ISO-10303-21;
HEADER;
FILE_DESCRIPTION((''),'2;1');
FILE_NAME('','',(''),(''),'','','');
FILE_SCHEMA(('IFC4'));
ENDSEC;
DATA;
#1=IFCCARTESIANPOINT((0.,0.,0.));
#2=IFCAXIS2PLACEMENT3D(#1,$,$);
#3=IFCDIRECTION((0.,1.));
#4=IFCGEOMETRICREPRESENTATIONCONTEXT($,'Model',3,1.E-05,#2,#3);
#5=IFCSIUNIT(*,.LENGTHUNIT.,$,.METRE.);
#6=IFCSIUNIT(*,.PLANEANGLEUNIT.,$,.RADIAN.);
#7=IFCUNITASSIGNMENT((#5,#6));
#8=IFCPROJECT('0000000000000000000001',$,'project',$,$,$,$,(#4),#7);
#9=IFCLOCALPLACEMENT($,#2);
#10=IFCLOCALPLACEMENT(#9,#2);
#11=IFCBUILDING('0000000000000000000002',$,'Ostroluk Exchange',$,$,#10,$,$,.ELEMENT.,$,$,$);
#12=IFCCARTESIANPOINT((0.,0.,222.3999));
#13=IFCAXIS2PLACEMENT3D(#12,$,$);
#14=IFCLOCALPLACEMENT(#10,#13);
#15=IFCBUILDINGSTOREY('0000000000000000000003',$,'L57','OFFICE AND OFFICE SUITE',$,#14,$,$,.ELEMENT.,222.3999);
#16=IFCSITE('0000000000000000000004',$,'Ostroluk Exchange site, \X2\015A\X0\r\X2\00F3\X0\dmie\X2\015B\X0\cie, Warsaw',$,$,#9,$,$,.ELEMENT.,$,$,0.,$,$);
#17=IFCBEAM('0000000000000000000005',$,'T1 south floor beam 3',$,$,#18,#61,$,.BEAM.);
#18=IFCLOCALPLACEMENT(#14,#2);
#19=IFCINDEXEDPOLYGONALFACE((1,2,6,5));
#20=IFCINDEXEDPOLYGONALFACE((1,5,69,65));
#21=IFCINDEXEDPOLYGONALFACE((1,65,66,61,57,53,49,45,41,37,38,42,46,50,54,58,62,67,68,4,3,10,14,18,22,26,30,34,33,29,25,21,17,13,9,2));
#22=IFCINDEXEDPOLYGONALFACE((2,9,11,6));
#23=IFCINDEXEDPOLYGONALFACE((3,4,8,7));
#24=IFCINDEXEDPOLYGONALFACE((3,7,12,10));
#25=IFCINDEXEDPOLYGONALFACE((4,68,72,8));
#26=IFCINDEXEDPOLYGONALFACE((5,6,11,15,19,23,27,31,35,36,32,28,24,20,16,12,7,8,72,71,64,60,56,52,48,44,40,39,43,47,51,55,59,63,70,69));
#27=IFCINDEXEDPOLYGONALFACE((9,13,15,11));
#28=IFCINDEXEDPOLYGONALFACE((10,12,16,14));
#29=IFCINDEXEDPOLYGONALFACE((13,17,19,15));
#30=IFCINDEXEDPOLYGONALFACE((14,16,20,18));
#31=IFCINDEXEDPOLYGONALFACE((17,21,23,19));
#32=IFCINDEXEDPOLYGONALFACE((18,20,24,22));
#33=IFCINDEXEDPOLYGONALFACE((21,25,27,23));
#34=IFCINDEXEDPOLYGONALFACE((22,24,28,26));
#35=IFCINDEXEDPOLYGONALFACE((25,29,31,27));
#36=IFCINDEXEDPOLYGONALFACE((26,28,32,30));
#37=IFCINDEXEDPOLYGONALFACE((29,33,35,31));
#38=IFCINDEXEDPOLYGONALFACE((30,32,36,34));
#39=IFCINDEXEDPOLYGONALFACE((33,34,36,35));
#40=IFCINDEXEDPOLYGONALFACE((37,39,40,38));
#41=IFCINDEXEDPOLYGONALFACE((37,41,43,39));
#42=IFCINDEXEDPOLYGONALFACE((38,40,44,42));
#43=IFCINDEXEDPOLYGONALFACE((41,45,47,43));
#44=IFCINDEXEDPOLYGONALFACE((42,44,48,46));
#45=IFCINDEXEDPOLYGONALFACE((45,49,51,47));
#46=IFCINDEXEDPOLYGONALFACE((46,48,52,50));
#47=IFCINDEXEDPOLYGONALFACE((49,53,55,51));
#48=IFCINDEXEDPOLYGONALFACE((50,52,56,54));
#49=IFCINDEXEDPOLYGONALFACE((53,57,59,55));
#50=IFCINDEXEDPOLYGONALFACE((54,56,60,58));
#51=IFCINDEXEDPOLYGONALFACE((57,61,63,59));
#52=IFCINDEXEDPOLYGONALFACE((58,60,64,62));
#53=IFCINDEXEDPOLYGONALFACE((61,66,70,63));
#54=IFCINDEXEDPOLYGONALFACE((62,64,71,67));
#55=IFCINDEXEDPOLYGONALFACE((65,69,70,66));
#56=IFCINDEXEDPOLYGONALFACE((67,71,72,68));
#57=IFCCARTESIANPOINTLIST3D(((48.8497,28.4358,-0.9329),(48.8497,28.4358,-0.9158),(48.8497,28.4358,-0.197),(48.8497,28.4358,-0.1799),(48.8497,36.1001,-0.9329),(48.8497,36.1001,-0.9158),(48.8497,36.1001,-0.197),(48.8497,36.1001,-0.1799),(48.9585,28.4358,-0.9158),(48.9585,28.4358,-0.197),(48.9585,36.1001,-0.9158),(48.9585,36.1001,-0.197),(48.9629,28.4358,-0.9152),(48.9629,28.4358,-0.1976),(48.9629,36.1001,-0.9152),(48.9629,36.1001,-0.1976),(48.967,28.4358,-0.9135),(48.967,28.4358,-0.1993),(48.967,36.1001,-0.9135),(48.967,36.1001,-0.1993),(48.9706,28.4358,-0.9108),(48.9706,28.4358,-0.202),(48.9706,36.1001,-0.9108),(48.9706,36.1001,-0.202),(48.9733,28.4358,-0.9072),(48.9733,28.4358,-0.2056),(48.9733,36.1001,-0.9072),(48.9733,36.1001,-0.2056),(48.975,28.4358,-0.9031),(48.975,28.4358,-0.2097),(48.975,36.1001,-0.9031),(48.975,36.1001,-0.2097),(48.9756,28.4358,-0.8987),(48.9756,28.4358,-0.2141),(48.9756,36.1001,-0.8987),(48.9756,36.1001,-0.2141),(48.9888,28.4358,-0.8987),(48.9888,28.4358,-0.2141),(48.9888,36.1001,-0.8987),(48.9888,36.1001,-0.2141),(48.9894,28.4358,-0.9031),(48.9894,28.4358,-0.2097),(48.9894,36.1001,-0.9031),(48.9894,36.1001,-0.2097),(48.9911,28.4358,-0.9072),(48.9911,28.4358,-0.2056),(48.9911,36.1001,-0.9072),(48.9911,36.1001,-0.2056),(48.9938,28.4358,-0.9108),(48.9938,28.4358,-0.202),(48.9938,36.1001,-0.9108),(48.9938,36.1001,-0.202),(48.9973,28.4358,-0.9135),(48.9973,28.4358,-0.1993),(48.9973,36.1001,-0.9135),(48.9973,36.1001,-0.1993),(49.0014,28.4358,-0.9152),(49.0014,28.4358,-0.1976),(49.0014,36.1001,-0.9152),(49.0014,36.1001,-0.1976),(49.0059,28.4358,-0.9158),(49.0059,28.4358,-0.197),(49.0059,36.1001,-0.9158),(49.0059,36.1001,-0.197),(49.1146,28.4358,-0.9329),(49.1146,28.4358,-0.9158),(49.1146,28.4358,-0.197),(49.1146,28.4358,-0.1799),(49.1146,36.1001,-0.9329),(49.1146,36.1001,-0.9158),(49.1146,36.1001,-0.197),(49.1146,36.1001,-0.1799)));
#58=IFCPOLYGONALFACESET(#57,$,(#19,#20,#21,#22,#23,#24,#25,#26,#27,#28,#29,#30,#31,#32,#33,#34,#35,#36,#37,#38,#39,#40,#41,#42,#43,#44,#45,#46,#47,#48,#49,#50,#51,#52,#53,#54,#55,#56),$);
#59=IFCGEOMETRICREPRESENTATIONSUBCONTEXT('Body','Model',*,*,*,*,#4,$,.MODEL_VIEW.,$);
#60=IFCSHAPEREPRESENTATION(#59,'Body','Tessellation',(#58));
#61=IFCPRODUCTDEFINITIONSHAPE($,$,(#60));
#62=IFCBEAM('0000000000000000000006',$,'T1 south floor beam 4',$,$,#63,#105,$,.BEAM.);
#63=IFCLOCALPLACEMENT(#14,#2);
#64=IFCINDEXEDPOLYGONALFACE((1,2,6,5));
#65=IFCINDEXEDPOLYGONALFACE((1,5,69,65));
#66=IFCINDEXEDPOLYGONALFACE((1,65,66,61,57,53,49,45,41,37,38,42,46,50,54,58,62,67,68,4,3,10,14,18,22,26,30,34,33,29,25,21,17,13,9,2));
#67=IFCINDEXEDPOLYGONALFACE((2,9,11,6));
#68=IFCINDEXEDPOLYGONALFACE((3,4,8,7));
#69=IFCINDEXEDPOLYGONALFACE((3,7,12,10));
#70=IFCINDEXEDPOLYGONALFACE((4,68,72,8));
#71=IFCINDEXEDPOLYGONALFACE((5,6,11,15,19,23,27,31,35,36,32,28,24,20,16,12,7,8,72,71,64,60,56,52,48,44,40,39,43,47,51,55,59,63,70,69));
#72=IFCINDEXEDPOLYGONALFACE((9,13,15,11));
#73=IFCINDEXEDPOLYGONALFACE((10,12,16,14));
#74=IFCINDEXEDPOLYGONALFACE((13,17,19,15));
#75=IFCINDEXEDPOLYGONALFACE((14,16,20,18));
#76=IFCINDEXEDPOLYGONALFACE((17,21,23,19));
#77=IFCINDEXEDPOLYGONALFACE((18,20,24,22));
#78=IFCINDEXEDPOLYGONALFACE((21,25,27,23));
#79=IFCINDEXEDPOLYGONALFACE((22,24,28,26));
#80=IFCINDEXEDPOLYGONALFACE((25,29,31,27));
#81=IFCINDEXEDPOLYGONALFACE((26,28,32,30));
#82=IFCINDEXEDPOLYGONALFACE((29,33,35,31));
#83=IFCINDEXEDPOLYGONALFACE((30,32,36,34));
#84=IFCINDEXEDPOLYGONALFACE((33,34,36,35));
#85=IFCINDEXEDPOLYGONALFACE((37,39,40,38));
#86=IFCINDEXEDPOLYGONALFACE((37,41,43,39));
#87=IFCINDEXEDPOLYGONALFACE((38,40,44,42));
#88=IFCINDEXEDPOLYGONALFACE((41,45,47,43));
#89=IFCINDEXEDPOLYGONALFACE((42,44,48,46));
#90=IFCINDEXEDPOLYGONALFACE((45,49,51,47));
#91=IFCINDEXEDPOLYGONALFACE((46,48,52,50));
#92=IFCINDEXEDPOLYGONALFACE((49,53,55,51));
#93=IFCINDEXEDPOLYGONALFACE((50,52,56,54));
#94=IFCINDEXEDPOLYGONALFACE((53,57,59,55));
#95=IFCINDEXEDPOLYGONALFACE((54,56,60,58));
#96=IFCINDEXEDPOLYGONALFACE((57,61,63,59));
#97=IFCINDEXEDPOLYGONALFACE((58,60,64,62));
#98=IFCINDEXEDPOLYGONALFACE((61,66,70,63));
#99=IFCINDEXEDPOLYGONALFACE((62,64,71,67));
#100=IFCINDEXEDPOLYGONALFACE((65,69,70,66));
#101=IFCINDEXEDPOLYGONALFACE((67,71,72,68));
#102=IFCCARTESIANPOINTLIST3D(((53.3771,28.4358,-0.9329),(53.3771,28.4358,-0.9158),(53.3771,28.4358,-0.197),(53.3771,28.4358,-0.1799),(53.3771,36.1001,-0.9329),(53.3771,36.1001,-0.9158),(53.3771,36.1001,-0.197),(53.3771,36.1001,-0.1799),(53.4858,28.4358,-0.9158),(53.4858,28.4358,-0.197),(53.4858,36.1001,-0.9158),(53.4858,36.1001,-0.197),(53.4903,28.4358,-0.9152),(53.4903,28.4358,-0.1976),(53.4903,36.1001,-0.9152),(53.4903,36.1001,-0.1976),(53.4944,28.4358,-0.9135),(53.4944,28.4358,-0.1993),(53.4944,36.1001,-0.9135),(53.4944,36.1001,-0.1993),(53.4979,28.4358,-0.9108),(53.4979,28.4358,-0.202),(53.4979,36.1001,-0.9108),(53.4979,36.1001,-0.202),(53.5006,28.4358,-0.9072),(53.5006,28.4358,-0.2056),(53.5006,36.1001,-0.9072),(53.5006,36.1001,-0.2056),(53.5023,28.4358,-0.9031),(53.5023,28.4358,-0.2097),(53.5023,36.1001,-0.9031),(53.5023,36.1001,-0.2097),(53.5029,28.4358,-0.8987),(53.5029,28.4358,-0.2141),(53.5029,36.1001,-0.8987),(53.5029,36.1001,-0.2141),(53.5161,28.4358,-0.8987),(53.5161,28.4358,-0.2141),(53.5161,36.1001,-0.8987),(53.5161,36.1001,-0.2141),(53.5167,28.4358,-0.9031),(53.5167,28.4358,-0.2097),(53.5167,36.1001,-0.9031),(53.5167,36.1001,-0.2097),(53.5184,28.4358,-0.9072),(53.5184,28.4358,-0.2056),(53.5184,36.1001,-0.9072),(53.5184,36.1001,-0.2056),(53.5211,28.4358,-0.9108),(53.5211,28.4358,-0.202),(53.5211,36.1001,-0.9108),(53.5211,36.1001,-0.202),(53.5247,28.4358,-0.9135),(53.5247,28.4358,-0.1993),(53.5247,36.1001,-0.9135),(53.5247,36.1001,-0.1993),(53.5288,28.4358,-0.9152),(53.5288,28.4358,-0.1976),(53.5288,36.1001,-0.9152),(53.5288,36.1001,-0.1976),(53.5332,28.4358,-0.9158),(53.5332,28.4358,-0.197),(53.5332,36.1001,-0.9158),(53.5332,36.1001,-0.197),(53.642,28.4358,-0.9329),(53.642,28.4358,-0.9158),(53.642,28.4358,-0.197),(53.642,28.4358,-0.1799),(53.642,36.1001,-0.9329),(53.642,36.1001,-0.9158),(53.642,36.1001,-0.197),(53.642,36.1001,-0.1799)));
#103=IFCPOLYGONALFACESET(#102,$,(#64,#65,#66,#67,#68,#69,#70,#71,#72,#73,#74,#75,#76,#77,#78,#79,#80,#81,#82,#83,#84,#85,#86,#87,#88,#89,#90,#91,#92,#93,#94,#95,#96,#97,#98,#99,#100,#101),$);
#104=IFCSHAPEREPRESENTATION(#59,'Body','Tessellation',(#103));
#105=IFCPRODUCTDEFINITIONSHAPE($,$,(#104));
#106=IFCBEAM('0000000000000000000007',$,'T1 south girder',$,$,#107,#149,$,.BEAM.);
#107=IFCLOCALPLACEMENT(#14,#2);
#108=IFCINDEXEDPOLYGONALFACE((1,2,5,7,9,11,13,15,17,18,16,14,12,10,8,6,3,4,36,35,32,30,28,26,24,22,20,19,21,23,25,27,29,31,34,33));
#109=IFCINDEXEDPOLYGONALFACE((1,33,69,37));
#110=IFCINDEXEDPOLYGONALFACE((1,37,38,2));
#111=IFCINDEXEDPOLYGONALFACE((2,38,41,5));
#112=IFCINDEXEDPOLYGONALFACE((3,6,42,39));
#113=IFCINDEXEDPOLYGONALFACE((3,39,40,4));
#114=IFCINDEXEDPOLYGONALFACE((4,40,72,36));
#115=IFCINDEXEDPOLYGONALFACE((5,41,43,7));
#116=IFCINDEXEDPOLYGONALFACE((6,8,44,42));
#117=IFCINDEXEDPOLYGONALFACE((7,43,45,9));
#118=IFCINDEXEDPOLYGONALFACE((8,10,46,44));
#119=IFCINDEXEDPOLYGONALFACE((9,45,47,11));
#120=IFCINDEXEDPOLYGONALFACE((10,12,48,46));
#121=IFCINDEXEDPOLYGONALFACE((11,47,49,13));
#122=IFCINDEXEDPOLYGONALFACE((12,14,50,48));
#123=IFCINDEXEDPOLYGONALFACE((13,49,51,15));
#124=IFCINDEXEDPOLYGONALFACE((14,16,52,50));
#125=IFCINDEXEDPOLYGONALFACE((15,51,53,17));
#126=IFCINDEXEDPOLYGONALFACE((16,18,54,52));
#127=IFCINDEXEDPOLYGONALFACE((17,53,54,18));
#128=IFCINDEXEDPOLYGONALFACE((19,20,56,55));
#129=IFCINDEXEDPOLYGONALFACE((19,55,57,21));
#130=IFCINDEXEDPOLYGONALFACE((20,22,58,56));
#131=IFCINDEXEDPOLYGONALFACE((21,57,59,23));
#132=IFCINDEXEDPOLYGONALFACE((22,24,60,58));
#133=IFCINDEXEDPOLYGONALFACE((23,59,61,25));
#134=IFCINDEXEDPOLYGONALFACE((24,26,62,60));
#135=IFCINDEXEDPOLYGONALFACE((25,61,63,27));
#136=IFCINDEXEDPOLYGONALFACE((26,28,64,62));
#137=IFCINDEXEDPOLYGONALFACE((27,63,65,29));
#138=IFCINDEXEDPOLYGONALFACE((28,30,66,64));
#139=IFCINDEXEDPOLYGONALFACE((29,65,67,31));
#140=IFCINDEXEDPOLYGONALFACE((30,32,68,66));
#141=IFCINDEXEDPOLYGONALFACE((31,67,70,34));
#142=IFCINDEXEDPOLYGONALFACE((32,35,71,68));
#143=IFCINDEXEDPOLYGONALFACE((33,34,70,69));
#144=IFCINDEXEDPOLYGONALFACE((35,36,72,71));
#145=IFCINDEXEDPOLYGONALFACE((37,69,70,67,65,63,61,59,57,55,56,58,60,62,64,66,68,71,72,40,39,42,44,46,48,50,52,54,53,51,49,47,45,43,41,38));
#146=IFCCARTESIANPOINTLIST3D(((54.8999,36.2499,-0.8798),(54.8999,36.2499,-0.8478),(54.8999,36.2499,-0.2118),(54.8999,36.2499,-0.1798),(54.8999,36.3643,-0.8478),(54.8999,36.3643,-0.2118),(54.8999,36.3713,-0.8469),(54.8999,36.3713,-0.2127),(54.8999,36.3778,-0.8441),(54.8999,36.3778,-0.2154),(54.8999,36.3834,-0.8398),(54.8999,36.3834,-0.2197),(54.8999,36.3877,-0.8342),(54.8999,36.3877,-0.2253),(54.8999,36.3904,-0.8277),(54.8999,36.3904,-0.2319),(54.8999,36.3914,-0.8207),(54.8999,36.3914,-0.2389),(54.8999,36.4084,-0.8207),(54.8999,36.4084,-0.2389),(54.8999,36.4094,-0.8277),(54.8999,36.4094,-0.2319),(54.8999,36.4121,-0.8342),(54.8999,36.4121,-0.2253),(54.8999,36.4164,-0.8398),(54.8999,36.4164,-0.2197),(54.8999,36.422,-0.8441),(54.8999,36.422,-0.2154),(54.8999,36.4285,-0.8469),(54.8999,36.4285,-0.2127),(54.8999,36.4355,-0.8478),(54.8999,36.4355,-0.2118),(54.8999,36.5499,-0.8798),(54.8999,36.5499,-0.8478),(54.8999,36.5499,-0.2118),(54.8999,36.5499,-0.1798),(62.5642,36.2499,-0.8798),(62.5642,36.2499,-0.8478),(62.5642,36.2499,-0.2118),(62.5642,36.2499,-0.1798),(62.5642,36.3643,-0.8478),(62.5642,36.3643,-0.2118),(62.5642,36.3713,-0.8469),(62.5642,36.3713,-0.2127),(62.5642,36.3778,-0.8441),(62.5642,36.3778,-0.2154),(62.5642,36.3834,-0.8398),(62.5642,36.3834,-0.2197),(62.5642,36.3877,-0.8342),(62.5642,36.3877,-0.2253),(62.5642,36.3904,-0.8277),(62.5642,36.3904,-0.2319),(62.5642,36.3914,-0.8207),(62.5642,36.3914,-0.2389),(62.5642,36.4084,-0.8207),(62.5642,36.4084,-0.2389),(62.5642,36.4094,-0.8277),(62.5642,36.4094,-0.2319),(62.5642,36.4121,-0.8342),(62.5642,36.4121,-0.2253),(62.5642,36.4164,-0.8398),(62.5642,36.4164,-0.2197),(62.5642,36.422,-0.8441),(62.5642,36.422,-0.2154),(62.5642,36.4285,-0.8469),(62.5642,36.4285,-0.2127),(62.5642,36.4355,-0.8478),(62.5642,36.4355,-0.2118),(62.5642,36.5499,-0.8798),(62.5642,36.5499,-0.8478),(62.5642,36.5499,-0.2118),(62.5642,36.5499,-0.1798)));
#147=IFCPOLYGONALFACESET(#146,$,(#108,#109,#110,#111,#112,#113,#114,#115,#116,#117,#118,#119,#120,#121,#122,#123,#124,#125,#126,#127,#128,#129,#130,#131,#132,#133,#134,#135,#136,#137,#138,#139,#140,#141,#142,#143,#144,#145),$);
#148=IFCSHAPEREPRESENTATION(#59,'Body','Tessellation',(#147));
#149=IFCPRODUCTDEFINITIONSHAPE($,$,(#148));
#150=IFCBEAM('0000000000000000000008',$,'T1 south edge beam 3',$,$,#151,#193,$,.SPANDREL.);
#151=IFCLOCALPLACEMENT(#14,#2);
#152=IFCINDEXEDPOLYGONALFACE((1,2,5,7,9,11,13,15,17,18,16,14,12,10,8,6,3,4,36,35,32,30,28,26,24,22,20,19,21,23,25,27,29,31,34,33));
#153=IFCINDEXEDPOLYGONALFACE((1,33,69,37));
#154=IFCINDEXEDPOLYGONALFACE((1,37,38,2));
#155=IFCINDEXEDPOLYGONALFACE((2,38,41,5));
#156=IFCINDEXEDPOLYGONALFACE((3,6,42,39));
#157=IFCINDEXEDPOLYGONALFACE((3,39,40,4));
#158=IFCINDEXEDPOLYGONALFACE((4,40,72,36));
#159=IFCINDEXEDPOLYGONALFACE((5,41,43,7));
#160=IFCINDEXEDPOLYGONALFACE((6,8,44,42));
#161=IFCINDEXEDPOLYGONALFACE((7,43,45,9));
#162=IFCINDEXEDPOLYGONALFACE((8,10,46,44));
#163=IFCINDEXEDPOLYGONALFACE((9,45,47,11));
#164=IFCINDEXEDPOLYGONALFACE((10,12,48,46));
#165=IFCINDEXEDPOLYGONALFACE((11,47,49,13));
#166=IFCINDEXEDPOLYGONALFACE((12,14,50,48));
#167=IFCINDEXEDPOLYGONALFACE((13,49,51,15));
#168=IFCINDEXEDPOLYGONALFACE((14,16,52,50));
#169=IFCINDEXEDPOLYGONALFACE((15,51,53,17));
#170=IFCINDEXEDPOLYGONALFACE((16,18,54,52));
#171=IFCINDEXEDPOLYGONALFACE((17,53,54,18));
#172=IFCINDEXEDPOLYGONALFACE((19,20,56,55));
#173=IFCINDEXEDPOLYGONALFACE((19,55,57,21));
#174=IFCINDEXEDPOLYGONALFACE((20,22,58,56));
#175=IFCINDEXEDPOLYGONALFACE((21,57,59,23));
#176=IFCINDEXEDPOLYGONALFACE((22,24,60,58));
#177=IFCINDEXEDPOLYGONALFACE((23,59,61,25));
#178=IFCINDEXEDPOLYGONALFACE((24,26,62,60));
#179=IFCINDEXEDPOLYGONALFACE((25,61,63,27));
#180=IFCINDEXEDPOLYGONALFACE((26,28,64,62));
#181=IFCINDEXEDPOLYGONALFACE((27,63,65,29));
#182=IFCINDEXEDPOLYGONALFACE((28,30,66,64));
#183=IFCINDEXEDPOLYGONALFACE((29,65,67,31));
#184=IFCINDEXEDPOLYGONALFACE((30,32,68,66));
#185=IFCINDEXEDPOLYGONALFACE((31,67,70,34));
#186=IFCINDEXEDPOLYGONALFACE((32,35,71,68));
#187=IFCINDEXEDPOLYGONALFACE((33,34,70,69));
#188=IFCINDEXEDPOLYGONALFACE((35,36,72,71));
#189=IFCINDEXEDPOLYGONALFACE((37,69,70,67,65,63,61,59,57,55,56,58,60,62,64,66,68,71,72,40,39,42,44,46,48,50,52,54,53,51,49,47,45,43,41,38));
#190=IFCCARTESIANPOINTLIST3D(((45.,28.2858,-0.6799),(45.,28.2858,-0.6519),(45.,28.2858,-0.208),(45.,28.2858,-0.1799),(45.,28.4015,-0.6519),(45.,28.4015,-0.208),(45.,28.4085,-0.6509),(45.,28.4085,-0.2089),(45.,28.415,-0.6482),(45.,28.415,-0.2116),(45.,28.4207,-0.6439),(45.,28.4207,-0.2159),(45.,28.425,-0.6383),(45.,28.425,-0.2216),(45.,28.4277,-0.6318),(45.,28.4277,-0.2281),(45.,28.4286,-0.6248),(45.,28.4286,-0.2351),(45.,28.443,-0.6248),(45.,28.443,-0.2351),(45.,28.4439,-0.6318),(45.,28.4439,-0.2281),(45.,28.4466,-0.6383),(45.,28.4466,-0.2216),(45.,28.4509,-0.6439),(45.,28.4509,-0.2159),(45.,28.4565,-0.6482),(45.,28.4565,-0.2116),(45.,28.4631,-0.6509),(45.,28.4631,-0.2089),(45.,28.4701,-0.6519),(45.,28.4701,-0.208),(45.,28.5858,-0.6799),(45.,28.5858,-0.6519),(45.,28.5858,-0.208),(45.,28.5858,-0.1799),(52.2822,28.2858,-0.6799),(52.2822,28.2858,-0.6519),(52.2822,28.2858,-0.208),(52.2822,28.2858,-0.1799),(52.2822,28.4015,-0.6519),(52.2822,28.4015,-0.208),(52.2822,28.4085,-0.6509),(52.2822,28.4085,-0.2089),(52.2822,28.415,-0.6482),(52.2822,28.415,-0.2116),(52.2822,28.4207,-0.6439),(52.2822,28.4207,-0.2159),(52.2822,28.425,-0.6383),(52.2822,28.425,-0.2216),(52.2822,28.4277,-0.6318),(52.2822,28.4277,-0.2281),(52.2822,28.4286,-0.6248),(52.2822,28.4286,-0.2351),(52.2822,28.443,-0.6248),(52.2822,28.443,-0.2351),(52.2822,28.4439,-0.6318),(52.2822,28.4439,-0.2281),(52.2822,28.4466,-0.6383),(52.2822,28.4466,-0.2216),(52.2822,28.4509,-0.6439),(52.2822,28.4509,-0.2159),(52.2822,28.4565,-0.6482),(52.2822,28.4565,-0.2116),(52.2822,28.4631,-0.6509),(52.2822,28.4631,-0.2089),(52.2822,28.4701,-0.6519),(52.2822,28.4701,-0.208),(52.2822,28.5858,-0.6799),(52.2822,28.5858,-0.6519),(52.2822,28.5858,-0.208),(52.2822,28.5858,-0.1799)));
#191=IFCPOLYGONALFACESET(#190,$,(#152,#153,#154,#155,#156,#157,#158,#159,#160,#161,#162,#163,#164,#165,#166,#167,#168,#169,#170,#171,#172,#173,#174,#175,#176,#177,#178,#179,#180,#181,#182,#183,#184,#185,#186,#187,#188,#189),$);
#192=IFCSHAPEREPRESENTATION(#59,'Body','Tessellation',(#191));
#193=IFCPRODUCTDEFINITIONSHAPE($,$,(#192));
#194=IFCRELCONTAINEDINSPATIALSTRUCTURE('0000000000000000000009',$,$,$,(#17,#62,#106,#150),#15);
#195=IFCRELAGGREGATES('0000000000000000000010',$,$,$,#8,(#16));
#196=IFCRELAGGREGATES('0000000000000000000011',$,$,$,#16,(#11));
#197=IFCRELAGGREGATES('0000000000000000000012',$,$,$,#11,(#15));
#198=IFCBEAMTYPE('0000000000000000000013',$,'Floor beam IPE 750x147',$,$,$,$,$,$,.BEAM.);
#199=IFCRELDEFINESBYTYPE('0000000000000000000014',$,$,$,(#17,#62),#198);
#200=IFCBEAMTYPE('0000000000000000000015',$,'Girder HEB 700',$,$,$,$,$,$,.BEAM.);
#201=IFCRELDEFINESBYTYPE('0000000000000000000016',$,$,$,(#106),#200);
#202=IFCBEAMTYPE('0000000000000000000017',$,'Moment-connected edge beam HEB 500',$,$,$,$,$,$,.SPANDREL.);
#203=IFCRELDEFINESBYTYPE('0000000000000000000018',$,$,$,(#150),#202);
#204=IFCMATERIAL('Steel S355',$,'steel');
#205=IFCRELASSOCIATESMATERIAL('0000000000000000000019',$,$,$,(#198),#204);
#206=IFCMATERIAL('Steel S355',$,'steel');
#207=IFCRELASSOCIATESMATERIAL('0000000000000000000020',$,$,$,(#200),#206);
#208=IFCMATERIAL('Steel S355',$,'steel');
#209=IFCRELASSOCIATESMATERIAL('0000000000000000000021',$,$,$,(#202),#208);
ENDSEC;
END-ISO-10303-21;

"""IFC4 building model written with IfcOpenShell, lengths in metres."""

from ifc_helpers import new_model, si_unit, direction, frame, origin, origin_2d, place, context, subcontext, project, spatial, i_section, extrude, material, material_profile, profile_set, type_object, element, save


model = new_model("IFC4")

# Units and contexts
model_context = context("Model", 3, precision=1e-05, world=origin(), true_north=direction((0.0, 1.0)))
body_context = subcontext(model_context, "Body", "Model", "MODEL_VIEW")
ifc_project = project(units=[si_unit("LENGTHUNIT", "METRE"), si_unit("PLANEANGLEUNIT", "RADIAN")], contexts=[model_context])

# Site, building, storey
site_placement = place(None, origin())
site = spatial("IfcSite", under=ifc_project, at=site_placement, Name="Ostroluk Exchange site, Śródmieście, Warsaw", CompositionType="ELEMENT", RefElevation=0.0)
building_placement = place(site_placement, origin())
building = spatial("IfcBuilding", under=site, at=building_placement, Name="Ostroluk Exchange", CompositionType="ELEMENT")
storey_placement = place(building_placement, frame((0.0, 0.0, 222.3999)))
storey = spatial("IfcBuildingStorey", under=building, at=storey_placement, Name="L57", Description="OFFICE AND OFFICE SUITE", CompositionType="ELEMENT", Elevation=222.3999)

# Beams
ifc_material_1 = material(Name="Steel S355", Category="steel")
ifc_material_profile_1 = material_profile(ifc_material_1, i_section(OverallWidth=0.2649, OverallDepth=0.7529, WebThickness=0.0132, FlangeThickness=0.0171, FilletRadius=0.0171, at=origin_2d()), Name="IPE 750x147")
ifc_profile_set_1 = profile_set([ifc_material_profile_1], Name="Steel S355")
beam_type_1 = type_object("IfcBeamType", Name="Floor beam IPE 750x147", PredefinedType="BEAM", material=ifc_profile_set_1)
for number, where, z_axis, x_axis, name in (
    (1, (48.9822, 36.1001, -0.5564), (0.0, -1.0, 0.0), (1.0, 0.0, 0.0), "T1 south floor beam 3"),
    (2, (53.5095, 36.1001, -0.5564), (0.0, -1.0, 0.0), (1.0, 0.0, 0.0), "T1 south floor beam 4"),
):
    element("IfcBeam", number, at=place(storey_placement, frame(where, z_axis=z_axis, x_axis=x_axis)), inside=storey, type_object=beam_type_1, Name=name, PredefinedType="BEAM", context=body_context, shape_type="SweptSolid", body=[
        extrude(i_section(OverallWidth=0.2649, OverallDepth=0.7529, WebThickness=0.0132, FlangeThickness=0.0171, FilletRadius=0.0171, at=origin_2d()), origin(), (0.0, 0.0, 1.0), 7.6643),
    ])
ifc_material_2 = material(Name="Steel S355", Category="steel")
ifc_material_profile_2 = material_profile(ifc_material_2, i_section(OverallWidth=0.3, OverallDepth=0.7, WebThickness=0.0171, FlangeThickness=0.032, FilletRadius=0.0271, at=origin_2d()), Name="HEB 700")
ifc_profile_set_2 = profile_set([ifc_material_profile_2], Name="Steel S355")
beam_type_2 = type_object("IfcBeamType", Name="Girder HEB 700", PredefinedType="BEAM", material=ifc_profile_set_2)
beam_1_placement = place(storey_placement, frame((54.8999, 36.3999, -0.5298), z_axis=(1.0, 0.0, 0.0), x_axis=(0.0, 1.0, 0.0)))
element("IfcBeam", 3, at=beam_1_placement, inside=storey, type_object=beam_type_2, Name="T1 south girder", PredefinedType="BEAM", context=body_context, shape_type="SweptSolid", body=[
    extrude(i_section(OverallWidth=0.3, OverallDepth=0.7, WebThickness=0.0171, FlangeThickness=0.032, FilletRadius=0.0271, at=origin_2d()), origin(), (0.0, 0.0, 1.0), 7.6643),
])
ifc_material_3 = material(Name="Steel S355", Category="steel")
ifc_material_profile_3 = material_profile(ifc_material_3, i_section(OverallWidth=0.3, OverallDepth=0.5, WebThickness=0.0144, FlangeThickness=0.0281, FilletRadius=0.0271, at=origin_2d()), Name="HEB 500")
ifc_profile_set_3 = profile_set([ifc_material_profile_3], Name="Steel S355")
beam_type_3 = type_object("IfcBeamType", Name="Moment-connected edge beam HEB 500", PredefinedType="SPANDREL", material=ifc_profile_set_3)
beam_2_placement = place(storey_placement, frame((45.0, 28.4358, -0.4299), z_axis=(1.0, 0.0, 0.0), x_axis=(0.0, 1.0, 0.0)))
element("IfcBeam", 4, at=beam_2_placement, inside=storey, type_object=beam_type_3, Name="T1 south edge beam 3", PredefinedType="SPANDREL", context=body_context, shape_type="SweptSolid", body=[
    extrude(i_section(OverallWidth=0.3, OverallDepth=0.5, WebThickness=0.0144, FlangeThickness=0.0281, FilletRadius=0.0271, at=origin_2d()), origin(), (0.0, 0.0, 1.0), 7.2822),
])

save(model, "model.ifc")
